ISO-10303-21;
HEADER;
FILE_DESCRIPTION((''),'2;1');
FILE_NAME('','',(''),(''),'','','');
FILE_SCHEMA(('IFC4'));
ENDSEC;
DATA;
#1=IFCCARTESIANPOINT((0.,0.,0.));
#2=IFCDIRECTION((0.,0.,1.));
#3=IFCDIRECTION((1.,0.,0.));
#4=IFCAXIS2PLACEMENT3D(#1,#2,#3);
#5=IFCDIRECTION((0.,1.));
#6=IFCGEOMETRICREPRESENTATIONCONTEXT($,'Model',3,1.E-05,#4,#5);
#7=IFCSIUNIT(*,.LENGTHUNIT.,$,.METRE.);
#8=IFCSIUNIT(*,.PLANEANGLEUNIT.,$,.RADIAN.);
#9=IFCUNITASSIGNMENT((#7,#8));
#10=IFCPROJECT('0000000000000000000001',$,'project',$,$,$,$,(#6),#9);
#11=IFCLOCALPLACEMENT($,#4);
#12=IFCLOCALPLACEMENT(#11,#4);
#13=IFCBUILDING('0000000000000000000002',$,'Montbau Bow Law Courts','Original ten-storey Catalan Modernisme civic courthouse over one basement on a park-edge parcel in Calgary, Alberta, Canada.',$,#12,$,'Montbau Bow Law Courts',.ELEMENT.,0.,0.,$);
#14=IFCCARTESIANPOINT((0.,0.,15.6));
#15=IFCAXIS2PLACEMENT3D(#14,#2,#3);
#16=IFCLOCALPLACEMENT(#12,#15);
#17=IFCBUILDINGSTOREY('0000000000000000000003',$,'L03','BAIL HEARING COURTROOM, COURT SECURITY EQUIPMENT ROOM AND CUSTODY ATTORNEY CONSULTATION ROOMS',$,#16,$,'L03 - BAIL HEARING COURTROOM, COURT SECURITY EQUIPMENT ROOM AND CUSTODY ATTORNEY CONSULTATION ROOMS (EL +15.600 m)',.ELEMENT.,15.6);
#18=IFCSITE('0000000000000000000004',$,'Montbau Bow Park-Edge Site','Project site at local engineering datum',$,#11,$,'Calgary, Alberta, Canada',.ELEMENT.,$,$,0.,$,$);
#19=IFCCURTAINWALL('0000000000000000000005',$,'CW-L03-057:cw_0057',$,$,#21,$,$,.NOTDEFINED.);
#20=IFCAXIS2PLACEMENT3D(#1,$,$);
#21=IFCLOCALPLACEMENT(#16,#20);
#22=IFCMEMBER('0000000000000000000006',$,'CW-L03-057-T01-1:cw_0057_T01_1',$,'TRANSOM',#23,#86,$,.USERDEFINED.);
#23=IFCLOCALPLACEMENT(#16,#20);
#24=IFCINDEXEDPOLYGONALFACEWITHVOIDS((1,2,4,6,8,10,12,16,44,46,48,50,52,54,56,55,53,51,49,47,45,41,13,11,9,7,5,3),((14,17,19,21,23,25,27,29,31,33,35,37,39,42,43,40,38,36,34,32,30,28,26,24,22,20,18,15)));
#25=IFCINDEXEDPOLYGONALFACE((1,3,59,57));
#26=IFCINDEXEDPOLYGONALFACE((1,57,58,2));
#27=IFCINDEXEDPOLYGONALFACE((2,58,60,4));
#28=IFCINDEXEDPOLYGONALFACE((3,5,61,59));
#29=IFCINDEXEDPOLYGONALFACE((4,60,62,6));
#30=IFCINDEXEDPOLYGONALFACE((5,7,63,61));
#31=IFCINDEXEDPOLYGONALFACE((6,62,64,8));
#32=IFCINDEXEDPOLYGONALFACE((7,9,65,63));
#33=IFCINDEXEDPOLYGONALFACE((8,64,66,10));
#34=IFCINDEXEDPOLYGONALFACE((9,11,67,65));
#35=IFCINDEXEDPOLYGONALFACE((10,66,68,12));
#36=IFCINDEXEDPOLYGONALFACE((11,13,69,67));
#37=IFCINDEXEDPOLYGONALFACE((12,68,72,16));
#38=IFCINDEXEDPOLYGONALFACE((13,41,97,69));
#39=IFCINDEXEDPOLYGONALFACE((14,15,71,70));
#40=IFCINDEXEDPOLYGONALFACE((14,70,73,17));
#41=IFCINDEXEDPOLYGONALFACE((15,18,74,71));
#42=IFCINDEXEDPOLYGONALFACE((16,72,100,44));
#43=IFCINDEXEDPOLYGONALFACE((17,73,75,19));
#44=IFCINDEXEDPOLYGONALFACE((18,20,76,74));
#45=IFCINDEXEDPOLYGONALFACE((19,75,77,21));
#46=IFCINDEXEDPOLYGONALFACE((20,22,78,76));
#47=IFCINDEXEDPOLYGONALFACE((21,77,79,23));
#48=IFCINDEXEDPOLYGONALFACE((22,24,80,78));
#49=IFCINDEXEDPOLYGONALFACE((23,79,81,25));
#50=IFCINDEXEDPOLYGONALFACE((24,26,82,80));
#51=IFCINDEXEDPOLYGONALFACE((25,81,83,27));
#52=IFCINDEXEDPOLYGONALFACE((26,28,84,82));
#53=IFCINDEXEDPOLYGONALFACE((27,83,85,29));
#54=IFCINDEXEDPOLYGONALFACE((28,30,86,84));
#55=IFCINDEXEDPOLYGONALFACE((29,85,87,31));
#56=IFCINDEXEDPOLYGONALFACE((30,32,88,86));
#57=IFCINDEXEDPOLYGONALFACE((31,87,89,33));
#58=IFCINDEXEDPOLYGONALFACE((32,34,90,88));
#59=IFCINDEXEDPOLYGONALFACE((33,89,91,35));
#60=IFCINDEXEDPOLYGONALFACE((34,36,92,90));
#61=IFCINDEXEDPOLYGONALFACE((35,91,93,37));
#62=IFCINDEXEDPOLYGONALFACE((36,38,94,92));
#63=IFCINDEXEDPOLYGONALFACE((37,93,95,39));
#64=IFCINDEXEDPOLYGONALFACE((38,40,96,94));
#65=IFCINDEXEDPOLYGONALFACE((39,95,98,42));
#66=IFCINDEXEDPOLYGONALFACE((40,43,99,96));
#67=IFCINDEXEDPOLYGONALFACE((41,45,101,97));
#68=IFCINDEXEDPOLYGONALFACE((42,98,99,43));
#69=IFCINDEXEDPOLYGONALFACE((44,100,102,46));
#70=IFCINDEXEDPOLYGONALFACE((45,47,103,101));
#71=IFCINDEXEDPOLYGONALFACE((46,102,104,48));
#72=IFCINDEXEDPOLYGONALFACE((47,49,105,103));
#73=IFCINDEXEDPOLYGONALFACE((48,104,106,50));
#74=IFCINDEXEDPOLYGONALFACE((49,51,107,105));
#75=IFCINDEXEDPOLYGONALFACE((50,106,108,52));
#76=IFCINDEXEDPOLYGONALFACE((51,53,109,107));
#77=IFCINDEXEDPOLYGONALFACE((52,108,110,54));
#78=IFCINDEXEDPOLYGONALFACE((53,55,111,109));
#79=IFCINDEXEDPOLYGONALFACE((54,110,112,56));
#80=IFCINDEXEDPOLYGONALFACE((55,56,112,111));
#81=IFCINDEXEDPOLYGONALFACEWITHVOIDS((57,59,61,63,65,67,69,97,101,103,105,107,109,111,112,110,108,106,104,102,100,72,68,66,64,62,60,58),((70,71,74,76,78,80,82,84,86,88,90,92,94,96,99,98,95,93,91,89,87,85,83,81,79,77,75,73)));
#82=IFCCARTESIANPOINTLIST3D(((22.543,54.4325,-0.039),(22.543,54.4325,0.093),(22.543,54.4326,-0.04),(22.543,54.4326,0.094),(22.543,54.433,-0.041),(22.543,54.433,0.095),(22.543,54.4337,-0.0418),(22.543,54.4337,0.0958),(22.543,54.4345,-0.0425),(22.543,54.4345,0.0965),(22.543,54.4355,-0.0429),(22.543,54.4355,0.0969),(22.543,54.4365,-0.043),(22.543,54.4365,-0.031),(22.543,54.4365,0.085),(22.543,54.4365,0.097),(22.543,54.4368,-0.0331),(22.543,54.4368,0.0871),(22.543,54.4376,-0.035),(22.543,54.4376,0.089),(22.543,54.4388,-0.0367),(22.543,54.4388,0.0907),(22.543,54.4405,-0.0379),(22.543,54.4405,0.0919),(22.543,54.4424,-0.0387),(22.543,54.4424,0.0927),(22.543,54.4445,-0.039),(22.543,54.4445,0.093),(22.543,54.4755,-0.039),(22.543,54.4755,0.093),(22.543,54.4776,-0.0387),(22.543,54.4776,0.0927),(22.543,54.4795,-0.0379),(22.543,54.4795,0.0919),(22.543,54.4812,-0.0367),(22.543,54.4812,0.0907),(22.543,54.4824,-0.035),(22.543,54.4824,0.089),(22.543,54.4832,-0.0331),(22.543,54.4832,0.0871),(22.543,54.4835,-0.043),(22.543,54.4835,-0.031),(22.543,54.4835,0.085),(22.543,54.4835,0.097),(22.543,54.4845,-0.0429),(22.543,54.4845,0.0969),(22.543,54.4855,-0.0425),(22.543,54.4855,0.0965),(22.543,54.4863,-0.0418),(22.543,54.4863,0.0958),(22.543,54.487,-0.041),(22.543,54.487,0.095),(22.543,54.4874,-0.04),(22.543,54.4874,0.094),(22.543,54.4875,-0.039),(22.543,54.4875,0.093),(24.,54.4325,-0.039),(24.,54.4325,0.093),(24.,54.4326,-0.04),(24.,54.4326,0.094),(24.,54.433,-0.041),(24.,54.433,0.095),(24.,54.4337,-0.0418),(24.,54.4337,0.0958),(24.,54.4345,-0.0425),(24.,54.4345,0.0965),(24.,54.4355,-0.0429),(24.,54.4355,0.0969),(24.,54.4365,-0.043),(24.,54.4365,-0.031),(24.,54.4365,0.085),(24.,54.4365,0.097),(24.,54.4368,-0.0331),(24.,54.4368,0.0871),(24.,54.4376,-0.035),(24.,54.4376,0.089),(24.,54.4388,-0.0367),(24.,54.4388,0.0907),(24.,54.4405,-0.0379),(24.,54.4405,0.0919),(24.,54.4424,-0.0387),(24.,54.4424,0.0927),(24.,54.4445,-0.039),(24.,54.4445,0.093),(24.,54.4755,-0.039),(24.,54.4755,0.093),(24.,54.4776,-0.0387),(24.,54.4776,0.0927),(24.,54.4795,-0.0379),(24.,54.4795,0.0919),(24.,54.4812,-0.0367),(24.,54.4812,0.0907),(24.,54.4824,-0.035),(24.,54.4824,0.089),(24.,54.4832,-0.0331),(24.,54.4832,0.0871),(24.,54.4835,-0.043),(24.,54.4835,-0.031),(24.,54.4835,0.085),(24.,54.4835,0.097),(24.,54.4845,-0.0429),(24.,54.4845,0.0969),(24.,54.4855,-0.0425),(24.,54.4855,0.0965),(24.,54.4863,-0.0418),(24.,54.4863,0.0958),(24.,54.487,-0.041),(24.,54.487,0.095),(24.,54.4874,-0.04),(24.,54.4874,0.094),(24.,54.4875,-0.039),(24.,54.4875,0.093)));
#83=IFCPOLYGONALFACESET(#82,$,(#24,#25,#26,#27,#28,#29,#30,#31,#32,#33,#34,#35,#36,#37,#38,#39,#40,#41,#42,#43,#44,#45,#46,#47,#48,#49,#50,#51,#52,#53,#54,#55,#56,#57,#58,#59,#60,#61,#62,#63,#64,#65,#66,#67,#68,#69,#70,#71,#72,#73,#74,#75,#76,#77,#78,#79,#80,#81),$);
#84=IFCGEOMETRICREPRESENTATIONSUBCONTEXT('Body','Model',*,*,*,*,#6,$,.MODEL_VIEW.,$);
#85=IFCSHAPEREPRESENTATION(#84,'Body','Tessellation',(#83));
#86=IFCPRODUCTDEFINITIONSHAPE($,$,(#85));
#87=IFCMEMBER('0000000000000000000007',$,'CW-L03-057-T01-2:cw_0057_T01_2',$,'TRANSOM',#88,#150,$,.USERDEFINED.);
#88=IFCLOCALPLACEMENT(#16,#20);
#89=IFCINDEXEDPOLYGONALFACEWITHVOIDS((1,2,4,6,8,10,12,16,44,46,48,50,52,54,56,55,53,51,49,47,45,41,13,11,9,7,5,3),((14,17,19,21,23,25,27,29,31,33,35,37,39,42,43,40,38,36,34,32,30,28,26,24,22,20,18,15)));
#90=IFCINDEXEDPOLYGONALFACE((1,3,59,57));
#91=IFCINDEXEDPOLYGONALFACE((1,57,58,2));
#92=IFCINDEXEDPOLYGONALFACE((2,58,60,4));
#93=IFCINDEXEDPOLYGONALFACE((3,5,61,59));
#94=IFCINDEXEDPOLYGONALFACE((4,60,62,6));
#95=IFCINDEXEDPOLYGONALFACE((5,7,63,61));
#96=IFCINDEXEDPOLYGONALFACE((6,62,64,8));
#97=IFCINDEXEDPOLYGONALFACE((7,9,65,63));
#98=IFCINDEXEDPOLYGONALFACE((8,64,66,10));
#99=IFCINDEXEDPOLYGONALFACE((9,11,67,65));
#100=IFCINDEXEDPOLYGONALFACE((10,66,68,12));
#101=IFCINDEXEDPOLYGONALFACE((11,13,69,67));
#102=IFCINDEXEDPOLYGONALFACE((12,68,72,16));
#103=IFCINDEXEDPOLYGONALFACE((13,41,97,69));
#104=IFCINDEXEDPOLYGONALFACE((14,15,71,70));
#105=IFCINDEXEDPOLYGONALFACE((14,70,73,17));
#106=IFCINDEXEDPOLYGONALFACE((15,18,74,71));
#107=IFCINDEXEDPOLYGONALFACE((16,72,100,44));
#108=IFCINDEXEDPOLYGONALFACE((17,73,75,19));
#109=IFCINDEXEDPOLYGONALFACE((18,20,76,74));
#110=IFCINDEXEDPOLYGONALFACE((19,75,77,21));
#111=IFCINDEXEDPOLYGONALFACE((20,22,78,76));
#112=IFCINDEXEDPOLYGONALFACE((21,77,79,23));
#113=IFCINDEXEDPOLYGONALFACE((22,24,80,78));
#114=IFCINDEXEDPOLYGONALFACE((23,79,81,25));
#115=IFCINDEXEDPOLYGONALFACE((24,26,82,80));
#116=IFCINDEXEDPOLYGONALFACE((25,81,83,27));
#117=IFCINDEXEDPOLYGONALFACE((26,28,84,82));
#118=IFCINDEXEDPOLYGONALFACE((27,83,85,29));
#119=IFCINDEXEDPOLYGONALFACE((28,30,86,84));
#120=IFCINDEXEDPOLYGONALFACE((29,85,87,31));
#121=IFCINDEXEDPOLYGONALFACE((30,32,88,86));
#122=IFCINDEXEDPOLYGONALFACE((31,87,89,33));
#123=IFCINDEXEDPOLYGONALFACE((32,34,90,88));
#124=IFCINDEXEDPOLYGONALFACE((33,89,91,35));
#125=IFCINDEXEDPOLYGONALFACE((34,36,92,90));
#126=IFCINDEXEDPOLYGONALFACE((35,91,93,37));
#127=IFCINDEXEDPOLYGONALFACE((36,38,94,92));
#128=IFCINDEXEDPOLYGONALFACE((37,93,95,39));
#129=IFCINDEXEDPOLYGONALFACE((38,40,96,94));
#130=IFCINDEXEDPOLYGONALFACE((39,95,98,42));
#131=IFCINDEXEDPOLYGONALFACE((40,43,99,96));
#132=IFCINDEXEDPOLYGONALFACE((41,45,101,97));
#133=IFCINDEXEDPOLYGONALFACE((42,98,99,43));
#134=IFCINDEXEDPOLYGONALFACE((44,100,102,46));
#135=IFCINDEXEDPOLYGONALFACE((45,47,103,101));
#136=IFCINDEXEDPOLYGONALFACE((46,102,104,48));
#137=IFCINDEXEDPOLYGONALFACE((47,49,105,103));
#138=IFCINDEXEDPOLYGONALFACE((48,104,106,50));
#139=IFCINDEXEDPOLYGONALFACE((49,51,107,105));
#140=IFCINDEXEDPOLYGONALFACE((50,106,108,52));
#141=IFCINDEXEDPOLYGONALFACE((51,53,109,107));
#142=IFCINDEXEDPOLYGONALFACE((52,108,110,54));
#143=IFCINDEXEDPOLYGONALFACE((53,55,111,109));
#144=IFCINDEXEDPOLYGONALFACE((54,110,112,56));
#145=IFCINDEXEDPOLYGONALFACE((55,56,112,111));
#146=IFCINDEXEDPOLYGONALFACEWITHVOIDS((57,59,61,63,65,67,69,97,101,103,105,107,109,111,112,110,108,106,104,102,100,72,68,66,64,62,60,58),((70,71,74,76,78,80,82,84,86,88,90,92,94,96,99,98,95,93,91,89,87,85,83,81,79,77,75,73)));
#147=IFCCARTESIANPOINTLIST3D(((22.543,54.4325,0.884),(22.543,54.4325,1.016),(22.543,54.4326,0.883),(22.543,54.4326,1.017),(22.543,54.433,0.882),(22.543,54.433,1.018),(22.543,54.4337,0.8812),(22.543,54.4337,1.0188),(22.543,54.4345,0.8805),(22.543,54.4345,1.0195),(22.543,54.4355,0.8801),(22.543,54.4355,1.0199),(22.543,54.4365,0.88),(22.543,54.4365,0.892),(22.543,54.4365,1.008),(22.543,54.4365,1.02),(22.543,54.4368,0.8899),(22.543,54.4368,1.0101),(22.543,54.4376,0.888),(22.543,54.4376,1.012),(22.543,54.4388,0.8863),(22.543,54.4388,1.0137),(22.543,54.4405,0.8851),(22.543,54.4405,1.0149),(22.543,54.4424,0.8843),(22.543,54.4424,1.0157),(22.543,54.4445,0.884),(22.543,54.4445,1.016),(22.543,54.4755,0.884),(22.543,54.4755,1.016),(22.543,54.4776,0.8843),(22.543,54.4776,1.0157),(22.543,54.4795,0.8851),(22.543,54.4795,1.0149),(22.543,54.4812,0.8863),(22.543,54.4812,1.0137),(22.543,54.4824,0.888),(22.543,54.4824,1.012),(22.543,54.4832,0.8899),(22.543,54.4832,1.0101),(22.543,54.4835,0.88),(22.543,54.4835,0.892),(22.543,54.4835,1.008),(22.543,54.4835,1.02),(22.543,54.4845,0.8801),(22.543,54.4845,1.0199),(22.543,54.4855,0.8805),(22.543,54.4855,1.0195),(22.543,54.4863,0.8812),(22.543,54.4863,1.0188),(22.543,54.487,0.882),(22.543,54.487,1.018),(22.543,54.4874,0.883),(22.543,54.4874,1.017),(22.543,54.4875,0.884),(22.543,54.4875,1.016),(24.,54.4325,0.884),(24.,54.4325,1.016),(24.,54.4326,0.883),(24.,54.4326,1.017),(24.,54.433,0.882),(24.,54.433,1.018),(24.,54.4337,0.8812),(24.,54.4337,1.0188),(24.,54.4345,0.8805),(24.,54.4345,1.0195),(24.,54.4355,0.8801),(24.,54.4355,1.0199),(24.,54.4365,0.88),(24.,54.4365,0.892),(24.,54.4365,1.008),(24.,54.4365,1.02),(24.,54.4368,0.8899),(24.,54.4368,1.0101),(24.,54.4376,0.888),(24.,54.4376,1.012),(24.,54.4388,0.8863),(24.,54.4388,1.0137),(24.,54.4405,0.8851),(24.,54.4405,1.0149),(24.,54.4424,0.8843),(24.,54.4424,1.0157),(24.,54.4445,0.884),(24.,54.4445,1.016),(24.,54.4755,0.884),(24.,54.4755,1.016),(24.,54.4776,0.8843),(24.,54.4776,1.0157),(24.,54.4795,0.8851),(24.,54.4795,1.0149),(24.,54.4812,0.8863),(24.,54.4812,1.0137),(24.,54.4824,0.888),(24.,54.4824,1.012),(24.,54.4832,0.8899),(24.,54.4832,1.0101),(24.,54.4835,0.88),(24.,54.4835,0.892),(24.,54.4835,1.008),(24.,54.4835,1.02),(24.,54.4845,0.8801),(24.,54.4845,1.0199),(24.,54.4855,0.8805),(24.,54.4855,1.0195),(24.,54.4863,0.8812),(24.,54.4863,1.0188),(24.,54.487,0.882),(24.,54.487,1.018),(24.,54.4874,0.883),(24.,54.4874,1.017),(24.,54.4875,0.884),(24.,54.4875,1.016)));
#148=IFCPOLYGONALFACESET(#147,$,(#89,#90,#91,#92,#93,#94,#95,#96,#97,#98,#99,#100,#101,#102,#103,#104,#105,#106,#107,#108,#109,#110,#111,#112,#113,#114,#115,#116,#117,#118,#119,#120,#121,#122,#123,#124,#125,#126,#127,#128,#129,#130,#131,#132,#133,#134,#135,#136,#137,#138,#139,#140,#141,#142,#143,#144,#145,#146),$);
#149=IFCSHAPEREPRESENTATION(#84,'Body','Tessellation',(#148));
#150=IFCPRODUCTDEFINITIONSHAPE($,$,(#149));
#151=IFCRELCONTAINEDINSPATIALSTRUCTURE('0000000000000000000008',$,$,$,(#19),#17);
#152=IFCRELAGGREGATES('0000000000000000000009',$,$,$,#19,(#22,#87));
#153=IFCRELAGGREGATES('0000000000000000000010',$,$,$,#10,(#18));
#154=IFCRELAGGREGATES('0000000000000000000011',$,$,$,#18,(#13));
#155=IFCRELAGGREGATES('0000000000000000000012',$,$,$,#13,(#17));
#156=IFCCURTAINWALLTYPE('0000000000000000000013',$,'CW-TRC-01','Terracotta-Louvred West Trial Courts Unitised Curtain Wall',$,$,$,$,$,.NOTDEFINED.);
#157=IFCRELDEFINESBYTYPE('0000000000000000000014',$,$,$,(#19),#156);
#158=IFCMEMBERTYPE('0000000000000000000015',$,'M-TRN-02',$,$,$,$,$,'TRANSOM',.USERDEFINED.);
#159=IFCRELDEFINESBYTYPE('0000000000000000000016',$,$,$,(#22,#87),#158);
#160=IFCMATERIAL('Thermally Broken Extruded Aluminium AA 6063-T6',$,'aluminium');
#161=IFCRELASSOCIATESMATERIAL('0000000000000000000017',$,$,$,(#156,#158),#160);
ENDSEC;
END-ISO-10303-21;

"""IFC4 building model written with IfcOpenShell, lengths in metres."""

from ifc_helpers import new_model, si_unit, direction, frame, origin_with_axes, origin_2d_with_axis, place, context, subcontext, project, spatial, hollow_rectangle, extrude, material, material_profile, profile_set, type_object, element, aggregate, save


model = new_model("IFC4")

# Units and contexts
model_context = context("Model", 3, precision=1e-05, world=origin_with_axes(), true_north=direction((0.0, 1.0)))
body_context = subcontext(model_context, "Body", "Model", "MODEL_VIEW")
ifc_project = project(units=[si_unit("LENGTHUNIT", "METRE"), si_unit("PLANEANGLEUNIT", "RADIAN")], contexts=[model_context])

# Site, building, storey
site_placement = place(None, origin_with_axes())
site = spatial("IfcSite", under=ifc_project, at=site_placement, Name="Montbau Bow Park-Edge Site", Description="Project site at local engineering datum", LongName="Calgary, Alberta, Canada", CompositionType="ELEMENT", RefElevation=0.0)
building_placement = place(site_placement, origin_with_axes())
building = spatial("IfcBuilding", under=site, at=building_placement, Name="Montbau Bow Law Courts", Description="Original ten-storey Catalan Modernisme civic courthouse over one basement on a park-edge parcel in Calgary, Alberta, Canada.", LongName="Montbau Bow Law Courts", CompositionType="ELEMENT", ElevationOfRefHeight=0.0, ElevationOfTerrain=0.0)
storey_placement = place(building_placement, frame((0.0, 0.0, 15.6), z_axis=(0.0, 0.0, 1.0), x_axis=(1.0, 0.0, 0.0)))
storey = spatial("IfcBuildingStorey", under=building, at=storey_placement, Name="L03", Description="BAIL HEARING COURTROOM, COURT SECURITY EQUIPMENT ROOM AND CUSTODY ATTORNEY CONSULTATION ROOMS", LongName="L03 - BAIL HEARING COURTROOM, COURT SECURITY EQUIPMENT ROOM AND CUSTODY ATTORNEY CONSULTATION ROOMS (EL +15.600 m)", CompositionType="ELEMENT", Elevation=15.6)

# Curtain wall
ifc_material_1 = material(Name="Thermally Broken Extruded Aluminium AA 6063-T6", Category="aluminium")
curtain_wall_type = type_object("IfcCurtainWallType", Name="CW-TRC-01", Description="Terracotta-Louvred West Trial Courts Unitised Curtain Wall", PredefinedType="NOTDEFINED", material=ifc_material_1)
curtain_wall_1_placement = place(None, frame((22.467, 54.46, 15.6), z_axis=(0.0, 0.0, 1.0), x_axis=(1.0, 0.0, 0.0)))
curtain_wall_1 = element("IfcCurtainWall", 1, at=curtain_wall_1_placement, inside=storey, type_object=curtain_wall_type, Name="CW-L03-057:cw_0057", PredefinedType="NOTDEFINED")

# Members
ifc_material_profile_1 = material_profile(ifc_material_1, hollow_rectangle(XDim=0.055, YDim=0.14, WallThickness=0.004, InnerFilletRadius=0.008, OuterFilletRadius=0.004, at=origin_2d_with_axis()), Name="CWT-140X55", Category="Main", Priority=0)
ifc_profile_set_1 = profile_set([ifc_material_profile_1], Name="Thermally Broken Extruded Aluminium AA 6063-T6")
member_type_1 = type_object("IfcMemberType", Name="M-TRN-02", ElementType="TRANSOM", PredefinedType="USERDEFINED", material=ifc_profile_set_1)
member_1_placement = place(None, frame((22.543, 54.46, 15.627), z_axis=(1.0, 0.0, 0.0), x_axis=(0.0, 1.0, 0.0)))
member_1 = element("IfcMember", 2, at=member_1_placement, type_object=member_type_1, Name="CW-L03-057-T01-1:cw_0057_T01_1", ObjectType="TRANSOM", PredefinedType="USERDEFINED", context=body_context, shape_type="SweptSolid", body=[
    extrude(hollow_rectangle(XDim=0.055, YDim=0.14, WallThickness=0.004, InnerFilletRadius=0.008, OuterFilletRadius=0.004, at=origin_2d_with_axis()), origin_with_axes(), (0.0, 0.0, 1.0), 1.457),
])
member_2_placement = place(None, frame((22.543, 54.46, 16.55), z_axis=(1.0, 0.0, 0.0), x_axis=(0.0, 1.0, 0.0)))
member_2 = element("IfcMember", 3, at=member_2_placement, type_object=member_type_1, Name="CW-L03-057-T01-2:cw_0057_T01_2", ObjectType="TRANSOM", PredefinedType="USERDEFINED", context=body_context, shape_type="SweptSolid", body=[
    extrude(hollow_rectangle(XDim=0.055, YDim=0.14, WallThickness=0.004, InnerFilletRadius=0.008, OuterFilletRadius=0.004, at=origin_2d_with_axis()), origin_with_axes(), (0.0, 0.0, 1.0), 1.457),
])

aggregate(curtain_wall_1, [member_1, member_2])

save(model, "model.ifc")
